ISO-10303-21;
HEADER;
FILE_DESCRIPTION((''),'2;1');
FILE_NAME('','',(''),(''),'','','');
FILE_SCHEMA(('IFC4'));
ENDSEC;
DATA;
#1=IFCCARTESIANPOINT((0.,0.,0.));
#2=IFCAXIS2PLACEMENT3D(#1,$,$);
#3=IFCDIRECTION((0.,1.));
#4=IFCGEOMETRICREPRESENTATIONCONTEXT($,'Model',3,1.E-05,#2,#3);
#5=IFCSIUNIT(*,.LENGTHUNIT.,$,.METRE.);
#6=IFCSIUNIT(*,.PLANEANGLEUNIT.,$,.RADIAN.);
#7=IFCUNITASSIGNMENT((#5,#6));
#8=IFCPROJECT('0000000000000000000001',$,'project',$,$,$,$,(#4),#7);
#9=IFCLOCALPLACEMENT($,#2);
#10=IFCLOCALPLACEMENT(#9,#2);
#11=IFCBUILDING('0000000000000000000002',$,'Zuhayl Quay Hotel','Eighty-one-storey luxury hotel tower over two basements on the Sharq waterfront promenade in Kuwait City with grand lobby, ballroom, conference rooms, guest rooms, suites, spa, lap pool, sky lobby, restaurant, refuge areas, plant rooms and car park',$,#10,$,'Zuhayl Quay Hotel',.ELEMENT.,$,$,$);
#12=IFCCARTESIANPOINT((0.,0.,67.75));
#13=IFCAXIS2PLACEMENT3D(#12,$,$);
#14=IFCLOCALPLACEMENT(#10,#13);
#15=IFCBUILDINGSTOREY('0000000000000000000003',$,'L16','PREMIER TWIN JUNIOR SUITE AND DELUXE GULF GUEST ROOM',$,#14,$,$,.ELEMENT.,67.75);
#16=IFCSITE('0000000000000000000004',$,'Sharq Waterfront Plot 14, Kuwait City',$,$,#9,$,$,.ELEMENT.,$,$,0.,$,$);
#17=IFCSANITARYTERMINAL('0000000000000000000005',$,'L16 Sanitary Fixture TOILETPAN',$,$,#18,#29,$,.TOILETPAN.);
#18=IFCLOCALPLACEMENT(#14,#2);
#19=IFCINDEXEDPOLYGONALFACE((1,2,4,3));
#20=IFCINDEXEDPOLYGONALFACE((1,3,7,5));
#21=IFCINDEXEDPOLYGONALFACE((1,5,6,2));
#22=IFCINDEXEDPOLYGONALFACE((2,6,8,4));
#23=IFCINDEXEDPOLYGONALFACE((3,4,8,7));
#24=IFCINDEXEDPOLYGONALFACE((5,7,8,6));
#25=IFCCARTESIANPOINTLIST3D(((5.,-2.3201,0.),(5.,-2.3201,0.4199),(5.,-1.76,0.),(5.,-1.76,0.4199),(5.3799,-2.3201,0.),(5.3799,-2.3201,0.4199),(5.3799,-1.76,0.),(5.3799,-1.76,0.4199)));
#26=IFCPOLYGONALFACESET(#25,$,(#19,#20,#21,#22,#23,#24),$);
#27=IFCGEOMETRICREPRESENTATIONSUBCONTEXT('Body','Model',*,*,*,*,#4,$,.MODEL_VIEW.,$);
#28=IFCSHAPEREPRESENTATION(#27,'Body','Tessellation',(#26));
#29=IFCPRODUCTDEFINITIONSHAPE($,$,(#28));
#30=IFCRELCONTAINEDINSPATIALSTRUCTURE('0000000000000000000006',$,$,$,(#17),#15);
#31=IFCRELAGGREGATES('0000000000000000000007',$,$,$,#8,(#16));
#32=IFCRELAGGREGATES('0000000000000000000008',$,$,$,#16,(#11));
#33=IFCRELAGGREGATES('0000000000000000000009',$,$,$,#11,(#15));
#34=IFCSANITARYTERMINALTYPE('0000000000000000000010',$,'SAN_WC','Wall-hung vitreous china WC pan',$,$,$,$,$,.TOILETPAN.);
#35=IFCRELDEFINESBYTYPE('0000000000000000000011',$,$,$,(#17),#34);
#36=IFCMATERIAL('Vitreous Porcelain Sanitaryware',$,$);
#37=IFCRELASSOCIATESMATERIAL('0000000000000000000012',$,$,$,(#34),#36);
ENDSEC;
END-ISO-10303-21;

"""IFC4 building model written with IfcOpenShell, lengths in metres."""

from ifc_helpers import new_model, si_unit, direction, frame, origin, origin_2d, place, context, subcontext, project, spatial, rectangle, extrude, material, type_object, element, save


model = new_model("IFC4")

# Units and contexts
model_context = context("Model", 3, precision=1e-05, world=origin(), true_north=direction((0.0, 1.0)))
body_context = subcontext(model_context, "Body", "Model", "MODEL_VIEW")
ifc_project = project(units=[si_unit("LENGTHUNIT", "METRE"), si_unit("PLANEANGLEUNIT", "RADIAN")], contexts=[model_context])

# Site, building, storey
site_placement = place(None, origin())
site = spatial("IfcSite", under=ifc_project, at=site_placement, Name="Sharq Waterfront Plot 14, Kuwait City", CompositionType="ELEMENT", RefElevation=0.0)
building_placement = place(site_placement, origin())
building = spatial("IfcBuilding", under=site, at=building_placement, Name="Zuhayl Quay Hotel", Description="Eighty-one-storey luxury hotel tower over two basements on the Sharq waterfront promenade in Kuwait City with grand lobby, ballroom, conference rooms, guest rooms, suites, spa, lap pool, sky lobby, restaurant, refuge areas, plant rooms and car park", LongName="Zuhayl Quay Hotel", CompositionType="ELEMENT")
storey_placement = place(building_placement, frame((0.0, 0.0, 67.75)))
storey = spatial("IfcBuildingStorey", under=building, at=storey_placement, Name="L16", Description="PREMIER TWIN JUNIOR SUITE AND DELUXE GULF GUEST ROOM", CompositionType="ELEMENT", Elevation=67.75)

# Sanitary terminal
ifc_material_1 = material(Name="Vitreous Porcelain Sanitaryware")
sanitary_terminal_type_1 = type_object("IfcSanitaryTerminalType", Name="SAN_WC", Description="Wall-hung vitreous china WC pan", PredefinedType="TOILETPAN", material=ifc_material_1)
for number, where, z_axis, x_axis, name in (
    (1, (5.1899, -2.04, 0.0), (0.0, 0.0, 1.0), (1.0, 0.0, 0.0), "L16 Sanitary Fixture TOILETPAN"),
):
    element("IfcSanitaryTerminal", number, at=place(storey_placement, frame(where, z_axis=z_axis, x_axis=x_axis)), inside=storey, type_object=sanitary_terminal_type_1, Name=name, PredefinedType="TOILETPAN", context=body_context, shape_type="SweptSolid", body=[
        extrude(rectangle(XDim=0.3799, YDim=0.5601, at=origin_2d()), origin(), (0.0, 0.0, 1.0), 0.4199),
    ])

save(model, "model.ifc")
